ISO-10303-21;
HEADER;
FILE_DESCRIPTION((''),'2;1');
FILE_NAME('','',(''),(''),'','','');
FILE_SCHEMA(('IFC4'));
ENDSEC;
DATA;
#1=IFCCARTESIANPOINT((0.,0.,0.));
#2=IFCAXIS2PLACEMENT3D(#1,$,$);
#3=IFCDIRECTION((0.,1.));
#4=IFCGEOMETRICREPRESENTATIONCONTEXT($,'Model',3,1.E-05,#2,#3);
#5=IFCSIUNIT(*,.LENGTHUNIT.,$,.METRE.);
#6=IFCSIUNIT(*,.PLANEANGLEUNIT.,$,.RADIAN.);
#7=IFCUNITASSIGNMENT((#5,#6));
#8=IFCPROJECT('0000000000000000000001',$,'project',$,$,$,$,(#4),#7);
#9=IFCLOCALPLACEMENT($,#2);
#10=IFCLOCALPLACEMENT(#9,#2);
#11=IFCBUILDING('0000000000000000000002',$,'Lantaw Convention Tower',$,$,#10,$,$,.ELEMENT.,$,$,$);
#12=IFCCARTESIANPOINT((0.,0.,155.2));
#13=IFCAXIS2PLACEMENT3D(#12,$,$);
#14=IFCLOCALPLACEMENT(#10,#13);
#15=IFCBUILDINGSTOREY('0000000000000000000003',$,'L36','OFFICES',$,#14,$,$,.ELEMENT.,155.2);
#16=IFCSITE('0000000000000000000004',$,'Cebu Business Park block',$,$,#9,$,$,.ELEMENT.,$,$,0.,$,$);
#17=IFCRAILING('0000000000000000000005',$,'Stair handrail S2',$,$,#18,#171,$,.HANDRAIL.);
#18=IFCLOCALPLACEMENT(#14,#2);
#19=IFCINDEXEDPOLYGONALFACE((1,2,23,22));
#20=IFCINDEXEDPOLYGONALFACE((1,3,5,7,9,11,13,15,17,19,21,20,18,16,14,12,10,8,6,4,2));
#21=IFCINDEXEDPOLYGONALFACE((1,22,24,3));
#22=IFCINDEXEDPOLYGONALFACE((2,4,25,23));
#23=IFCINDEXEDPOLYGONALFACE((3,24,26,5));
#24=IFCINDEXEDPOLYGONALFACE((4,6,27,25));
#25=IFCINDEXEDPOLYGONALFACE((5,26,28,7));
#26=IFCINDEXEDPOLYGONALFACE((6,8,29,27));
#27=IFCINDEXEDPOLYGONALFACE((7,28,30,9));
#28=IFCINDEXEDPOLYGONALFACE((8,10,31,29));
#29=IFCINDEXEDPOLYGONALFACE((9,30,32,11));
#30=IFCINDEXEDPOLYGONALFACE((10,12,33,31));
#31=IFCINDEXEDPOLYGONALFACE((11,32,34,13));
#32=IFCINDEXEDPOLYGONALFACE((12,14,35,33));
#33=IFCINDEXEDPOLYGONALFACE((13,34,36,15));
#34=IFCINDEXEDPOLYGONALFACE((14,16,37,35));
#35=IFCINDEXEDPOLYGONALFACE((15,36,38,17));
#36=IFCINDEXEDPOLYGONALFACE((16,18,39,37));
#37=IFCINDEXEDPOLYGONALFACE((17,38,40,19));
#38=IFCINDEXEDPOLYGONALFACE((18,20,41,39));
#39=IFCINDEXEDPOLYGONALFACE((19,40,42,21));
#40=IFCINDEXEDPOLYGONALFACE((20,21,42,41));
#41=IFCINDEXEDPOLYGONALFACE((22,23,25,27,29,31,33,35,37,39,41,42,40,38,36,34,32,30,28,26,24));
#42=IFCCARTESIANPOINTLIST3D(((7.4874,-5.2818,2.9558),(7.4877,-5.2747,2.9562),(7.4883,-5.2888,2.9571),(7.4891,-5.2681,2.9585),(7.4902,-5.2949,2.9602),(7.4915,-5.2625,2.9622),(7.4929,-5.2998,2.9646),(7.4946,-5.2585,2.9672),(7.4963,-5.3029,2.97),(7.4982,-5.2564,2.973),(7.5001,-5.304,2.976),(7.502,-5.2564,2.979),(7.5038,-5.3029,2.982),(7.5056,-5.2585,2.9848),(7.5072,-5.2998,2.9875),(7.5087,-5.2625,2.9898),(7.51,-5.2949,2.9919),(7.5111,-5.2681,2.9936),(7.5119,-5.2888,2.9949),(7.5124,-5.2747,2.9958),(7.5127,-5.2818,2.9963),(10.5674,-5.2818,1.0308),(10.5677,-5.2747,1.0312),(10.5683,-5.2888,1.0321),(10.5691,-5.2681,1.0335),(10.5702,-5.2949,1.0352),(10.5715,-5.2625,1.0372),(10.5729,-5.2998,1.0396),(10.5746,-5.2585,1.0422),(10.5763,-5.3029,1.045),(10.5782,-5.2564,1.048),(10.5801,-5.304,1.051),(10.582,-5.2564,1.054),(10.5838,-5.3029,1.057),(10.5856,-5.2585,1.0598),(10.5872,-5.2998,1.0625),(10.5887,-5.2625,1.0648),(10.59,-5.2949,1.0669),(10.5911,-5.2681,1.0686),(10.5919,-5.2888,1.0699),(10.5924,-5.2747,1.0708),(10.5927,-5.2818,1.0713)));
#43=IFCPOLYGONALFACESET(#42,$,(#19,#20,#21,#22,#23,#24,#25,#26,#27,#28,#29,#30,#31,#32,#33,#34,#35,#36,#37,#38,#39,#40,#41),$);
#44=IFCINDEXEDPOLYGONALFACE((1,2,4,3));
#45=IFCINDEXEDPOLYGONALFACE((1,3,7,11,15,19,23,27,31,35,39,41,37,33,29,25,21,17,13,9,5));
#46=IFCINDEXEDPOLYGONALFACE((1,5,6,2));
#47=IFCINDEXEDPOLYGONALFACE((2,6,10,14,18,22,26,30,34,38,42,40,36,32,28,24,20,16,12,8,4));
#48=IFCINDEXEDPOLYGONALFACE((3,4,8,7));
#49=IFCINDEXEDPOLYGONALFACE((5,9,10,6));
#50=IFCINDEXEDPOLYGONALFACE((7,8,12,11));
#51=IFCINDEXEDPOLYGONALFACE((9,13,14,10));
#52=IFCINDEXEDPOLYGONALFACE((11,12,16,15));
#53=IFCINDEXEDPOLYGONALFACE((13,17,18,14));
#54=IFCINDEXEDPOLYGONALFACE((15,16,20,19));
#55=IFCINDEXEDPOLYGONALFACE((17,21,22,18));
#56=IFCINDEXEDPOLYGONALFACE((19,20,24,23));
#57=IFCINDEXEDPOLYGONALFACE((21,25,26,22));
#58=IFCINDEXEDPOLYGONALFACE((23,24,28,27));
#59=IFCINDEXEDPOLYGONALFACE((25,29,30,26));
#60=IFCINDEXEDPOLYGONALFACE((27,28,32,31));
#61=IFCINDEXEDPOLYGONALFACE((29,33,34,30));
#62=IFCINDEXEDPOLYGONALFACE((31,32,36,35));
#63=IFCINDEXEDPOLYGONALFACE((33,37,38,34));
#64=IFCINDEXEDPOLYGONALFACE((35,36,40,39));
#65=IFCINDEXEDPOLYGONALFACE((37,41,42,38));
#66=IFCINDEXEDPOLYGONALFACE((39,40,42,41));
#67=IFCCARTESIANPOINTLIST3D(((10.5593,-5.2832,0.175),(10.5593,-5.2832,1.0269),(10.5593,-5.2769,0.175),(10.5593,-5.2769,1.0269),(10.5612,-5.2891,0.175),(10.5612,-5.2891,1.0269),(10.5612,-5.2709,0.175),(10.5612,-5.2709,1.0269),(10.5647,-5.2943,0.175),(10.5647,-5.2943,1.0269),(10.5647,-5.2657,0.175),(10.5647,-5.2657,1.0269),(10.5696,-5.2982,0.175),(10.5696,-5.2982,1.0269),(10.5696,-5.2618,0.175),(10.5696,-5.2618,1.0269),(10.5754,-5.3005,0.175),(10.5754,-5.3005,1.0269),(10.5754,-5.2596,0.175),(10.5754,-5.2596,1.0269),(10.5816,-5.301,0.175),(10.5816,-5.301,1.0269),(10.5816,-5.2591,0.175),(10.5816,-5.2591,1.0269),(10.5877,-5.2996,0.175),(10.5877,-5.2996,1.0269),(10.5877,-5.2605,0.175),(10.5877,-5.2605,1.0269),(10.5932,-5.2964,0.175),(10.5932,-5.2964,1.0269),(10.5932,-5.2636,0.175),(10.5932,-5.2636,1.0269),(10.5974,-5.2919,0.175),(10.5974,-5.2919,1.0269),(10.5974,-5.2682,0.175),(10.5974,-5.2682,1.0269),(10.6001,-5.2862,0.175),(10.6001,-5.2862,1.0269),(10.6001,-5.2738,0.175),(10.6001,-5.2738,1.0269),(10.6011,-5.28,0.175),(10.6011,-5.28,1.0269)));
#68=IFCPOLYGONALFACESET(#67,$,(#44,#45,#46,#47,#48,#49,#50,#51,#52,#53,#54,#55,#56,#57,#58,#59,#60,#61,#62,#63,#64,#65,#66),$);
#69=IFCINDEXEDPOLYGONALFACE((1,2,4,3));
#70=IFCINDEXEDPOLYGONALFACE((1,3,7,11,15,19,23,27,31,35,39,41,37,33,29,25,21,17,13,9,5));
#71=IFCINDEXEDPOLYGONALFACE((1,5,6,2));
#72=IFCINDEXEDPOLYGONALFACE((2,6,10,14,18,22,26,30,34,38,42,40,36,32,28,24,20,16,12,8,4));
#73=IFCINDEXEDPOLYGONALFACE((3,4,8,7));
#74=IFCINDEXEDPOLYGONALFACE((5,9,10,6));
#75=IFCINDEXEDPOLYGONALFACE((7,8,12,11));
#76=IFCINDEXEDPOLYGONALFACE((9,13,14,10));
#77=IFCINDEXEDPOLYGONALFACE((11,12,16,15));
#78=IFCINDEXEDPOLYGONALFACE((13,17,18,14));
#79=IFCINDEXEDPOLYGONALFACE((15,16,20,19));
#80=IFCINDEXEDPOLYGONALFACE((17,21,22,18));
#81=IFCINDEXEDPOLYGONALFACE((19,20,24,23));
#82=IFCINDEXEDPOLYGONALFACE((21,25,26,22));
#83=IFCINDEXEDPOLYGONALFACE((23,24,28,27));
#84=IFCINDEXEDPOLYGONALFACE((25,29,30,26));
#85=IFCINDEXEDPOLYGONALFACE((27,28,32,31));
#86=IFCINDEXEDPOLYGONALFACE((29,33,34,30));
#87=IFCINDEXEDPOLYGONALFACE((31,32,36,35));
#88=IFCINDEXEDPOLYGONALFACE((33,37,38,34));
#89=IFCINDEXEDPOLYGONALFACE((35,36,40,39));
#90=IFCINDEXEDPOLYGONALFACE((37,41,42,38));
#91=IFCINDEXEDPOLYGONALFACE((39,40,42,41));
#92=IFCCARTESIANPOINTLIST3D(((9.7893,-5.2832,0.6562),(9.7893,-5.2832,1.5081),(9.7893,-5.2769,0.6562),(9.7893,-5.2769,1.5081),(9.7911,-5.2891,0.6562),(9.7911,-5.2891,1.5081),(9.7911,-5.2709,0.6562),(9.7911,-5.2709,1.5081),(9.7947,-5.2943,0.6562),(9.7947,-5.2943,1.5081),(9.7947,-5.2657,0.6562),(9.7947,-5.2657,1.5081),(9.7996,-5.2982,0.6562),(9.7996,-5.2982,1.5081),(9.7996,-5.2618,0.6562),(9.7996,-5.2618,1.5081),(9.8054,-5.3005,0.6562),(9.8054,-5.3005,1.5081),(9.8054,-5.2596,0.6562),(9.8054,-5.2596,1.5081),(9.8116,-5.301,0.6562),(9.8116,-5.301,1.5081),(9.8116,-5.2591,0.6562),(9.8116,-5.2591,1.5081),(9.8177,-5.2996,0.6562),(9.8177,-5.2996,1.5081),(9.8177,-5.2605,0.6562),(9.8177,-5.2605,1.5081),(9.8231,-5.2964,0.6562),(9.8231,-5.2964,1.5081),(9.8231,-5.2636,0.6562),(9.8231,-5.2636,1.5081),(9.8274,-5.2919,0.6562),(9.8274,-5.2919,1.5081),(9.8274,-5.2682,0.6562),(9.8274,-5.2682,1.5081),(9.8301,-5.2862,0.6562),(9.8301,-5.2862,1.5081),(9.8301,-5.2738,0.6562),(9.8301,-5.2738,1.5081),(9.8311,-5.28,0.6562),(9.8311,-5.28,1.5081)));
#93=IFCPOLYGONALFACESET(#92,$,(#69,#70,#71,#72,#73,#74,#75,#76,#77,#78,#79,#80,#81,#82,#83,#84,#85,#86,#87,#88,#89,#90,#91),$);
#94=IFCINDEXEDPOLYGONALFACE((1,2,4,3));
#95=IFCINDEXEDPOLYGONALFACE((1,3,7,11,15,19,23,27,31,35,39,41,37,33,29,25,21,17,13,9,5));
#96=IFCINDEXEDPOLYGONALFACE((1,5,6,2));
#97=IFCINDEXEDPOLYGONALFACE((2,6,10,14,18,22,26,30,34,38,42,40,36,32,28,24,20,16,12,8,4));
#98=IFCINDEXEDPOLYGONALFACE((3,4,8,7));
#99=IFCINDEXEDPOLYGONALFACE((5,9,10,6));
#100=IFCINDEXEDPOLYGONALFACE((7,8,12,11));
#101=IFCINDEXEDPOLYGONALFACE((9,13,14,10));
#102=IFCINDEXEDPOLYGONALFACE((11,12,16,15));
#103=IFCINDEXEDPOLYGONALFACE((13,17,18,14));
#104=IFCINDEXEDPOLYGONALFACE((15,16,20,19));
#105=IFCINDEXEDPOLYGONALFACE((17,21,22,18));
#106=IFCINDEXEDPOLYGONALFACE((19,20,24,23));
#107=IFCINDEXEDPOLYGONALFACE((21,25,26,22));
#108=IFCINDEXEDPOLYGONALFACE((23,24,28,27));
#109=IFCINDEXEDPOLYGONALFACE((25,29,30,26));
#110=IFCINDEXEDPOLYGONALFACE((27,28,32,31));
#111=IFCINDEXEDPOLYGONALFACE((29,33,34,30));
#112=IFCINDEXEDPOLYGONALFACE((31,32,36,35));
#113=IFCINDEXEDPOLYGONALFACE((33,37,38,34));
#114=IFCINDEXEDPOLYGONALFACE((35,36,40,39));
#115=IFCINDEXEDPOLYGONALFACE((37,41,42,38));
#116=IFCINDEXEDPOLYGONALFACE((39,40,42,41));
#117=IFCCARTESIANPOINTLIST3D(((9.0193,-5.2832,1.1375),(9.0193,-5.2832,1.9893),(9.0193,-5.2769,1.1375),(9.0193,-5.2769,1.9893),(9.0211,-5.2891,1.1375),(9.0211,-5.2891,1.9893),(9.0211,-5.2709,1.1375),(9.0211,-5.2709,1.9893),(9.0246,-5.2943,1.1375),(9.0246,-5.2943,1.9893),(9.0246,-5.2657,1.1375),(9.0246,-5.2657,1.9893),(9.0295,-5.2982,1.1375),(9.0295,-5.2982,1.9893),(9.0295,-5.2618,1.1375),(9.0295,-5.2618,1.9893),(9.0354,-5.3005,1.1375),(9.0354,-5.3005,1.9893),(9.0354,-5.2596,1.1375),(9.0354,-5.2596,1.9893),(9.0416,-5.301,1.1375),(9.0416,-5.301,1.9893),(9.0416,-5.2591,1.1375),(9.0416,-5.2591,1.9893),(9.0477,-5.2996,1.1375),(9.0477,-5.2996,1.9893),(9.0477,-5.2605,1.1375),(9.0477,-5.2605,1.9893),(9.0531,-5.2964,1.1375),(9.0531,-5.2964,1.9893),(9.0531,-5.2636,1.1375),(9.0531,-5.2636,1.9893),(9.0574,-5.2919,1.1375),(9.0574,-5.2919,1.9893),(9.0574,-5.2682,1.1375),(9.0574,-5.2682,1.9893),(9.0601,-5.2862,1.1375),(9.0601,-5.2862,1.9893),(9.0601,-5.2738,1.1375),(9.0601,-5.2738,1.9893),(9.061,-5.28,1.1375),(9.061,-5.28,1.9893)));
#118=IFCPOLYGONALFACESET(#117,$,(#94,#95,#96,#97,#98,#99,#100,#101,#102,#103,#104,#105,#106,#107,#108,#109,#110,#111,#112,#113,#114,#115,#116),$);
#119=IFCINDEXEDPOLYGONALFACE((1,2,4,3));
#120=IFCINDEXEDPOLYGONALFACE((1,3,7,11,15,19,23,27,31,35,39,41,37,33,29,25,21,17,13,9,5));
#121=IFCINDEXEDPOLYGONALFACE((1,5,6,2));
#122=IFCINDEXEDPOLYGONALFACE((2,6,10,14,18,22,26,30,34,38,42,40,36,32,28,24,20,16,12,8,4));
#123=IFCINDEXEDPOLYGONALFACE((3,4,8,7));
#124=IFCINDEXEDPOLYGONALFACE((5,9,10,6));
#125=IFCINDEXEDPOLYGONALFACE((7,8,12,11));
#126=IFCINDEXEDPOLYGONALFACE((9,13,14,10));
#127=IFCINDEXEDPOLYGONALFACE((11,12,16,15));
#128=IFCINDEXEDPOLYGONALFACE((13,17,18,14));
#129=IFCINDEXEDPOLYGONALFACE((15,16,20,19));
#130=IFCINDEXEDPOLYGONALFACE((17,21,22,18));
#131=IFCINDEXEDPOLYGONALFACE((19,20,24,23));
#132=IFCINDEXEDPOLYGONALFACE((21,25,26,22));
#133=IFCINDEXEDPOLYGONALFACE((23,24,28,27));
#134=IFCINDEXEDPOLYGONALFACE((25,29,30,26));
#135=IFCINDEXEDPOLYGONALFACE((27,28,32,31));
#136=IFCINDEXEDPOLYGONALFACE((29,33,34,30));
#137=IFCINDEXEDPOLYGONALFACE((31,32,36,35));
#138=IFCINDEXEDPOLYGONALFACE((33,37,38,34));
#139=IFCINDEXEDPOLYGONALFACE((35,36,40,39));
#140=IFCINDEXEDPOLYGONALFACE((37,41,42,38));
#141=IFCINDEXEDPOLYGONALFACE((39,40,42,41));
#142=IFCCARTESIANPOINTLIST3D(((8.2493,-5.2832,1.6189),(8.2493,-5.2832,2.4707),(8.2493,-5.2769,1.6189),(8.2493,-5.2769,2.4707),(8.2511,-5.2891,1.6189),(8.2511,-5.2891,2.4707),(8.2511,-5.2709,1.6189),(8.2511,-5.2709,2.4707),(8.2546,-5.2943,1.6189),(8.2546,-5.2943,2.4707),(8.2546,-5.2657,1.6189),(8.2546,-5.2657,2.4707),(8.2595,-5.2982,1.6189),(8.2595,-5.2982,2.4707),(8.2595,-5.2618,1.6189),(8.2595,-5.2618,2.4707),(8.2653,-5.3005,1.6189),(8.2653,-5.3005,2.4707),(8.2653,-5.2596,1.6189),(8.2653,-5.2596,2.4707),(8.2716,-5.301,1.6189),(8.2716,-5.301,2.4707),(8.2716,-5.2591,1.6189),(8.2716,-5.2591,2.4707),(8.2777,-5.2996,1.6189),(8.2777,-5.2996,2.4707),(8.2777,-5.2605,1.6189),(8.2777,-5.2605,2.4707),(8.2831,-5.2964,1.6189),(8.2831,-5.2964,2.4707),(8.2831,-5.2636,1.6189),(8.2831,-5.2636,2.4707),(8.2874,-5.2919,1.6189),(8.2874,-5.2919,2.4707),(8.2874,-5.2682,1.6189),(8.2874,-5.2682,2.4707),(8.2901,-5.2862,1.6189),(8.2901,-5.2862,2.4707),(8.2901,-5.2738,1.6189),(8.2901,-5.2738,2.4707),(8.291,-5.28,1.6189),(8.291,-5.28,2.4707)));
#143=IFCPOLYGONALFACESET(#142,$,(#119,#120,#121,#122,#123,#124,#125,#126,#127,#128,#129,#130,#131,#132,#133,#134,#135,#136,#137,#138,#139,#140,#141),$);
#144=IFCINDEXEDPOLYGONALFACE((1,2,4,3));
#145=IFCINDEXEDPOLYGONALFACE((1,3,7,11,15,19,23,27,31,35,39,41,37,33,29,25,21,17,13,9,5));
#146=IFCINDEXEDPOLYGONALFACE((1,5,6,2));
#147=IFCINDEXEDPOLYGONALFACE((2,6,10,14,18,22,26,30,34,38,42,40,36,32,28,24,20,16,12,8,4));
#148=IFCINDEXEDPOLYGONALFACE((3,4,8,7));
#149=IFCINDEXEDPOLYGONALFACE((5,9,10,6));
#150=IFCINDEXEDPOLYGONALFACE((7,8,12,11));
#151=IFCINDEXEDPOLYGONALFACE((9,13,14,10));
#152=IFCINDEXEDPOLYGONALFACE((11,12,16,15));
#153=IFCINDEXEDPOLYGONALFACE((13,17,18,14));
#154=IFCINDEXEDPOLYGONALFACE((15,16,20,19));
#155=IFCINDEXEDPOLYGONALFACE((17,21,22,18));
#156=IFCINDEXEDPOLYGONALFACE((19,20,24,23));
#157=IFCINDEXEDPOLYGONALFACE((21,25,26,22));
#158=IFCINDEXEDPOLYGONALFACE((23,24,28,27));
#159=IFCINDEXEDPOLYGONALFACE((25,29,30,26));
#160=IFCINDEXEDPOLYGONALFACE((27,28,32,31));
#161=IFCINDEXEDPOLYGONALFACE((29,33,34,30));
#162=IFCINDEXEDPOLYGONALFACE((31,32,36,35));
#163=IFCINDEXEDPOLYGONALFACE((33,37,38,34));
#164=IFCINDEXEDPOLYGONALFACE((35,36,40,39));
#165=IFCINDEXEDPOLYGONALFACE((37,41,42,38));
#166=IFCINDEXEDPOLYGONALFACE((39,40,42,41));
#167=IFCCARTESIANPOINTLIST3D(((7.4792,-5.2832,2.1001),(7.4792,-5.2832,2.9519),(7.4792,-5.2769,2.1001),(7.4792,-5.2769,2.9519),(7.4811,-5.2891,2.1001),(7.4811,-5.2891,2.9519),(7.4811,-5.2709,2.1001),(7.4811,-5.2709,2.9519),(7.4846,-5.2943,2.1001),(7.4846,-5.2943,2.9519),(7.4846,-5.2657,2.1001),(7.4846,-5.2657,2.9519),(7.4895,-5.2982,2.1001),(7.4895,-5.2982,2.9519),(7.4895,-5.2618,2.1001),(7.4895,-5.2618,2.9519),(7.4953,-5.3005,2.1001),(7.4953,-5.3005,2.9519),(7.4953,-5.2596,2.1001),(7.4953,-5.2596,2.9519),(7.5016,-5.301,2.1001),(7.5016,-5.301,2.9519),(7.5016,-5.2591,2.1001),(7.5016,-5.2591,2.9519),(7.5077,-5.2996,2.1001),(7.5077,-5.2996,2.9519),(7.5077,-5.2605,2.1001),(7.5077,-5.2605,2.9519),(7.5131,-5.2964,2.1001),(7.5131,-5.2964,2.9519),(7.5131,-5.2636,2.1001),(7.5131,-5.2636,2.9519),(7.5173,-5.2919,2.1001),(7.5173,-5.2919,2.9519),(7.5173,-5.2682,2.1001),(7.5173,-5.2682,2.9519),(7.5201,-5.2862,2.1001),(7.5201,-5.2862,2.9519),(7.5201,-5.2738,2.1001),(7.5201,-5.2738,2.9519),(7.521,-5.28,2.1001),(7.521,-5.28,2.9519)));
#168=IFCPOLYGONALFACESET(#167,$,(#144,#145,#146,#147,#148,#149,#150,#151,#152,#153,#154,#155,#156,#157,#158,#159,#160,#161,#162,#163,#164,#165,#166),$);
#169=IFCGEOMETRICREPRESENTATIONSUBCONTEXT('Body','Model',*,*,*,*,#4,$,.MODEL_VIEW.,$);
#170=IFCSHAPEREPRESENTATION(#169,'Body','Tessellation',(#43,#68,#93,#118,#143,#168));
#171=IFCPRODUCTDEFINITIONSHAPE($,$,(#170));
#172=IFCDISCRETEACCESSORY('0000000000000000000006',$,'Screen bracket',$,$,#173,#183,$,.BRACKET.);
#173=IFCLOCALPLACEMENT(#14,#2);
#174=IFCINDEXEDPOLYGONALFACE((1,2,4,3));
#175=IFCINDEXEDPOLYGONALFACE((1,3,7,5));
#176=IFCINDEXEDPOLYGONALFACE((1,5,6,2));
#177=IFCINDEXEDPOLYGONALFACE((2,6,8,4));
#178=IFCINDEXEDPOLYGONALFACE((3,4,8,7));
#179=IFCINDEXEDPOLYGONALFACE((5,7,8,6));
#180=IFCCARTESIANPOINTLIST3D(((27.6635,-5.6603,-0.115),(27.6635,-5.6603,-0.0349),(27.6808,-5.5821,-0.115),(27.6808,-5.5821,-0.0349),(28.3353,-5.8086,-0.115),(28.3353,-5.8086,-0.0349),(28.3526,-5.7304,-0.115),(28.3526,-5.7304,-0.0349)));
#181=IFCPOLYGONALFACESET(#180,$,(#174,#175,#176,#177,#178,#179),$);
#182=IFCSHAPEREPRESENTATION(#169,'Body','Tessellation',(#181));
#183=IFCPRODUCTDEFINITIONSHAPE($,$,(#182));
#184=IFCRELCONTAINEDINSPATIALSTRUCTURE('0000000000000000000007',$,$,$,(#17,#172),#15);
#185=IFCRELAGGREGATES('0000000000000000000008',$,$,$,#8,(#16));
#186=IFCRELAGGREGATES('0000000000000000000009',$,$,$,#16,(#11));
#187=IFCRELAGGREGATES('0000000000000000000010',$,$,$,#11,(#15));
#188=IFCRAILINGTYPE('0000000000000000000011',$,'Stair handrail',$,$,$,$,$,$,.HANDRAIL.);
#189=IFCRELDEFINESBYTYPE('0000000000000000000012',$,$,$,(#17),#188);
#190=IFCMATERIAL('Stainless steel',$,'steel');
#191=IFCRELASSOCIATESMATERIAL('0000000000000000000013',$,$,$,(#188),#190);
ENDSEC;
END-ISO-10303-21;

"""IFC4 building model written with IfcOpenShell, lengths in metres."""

from ifc_helpers import new_model, si_unit, direction, frame, origin, origin_2d, place, context, subcontext, project, spatial, rectangle, circle, extrude, material, type_object, element, save


model = new_model("IFC4")

# Units and contexts
model_context = context("Model", 3, precision=1e-05, world=origin(), true_north=direction((0.0, 1.0)))
body_context = subcontext(model_context, "Body", "Model", "MODEL_VIEW")
ifc_project = project(units=[si_unit("LENGTHUNIT", "METRE"), si_unit("PLANEANGLEUNIT", "RADIAN")], contexts=[model_context])

# Site, building, storey
site_placement = place(None, origin())
site = spatial("IfcSite", under=ifc_project, at=site_placement, Name="Cebu Business Park block", CompositionType="ELEMENT", RefElevation=0.0)
building_placement = place(site_placement, origin())
building = spatial("IfcBuilding", under=site, at=building_placement, Name="Lantaw Convention Tower", CompositionType="ELEMENT")
storey_placement = place(building_placement, frame((0.0, 0.0, 155.2)))
storey = spatial("IfcBuildingStorey", under=building, at=storey_placement, Name="L36", Description="OFFICES", CompositionType="ELEMENT", Elevation=155.2)

# Railing
ifc_material_1 = material(Name="Stainless steel", Category="steel")
railing_type = type_object("IfcRailingType", Name="Stair handrail", PredefinedType="HANDRAIL", material=ifc_material_1)
railing_placement = place(storey_placement, frame((10.5801, -5.28, 0.175)))
element("IfcRailing", 1, at=railing_placement, inside=storey, type_object=railing_type, Name="Stair handrail S2", PredefinedType="HANDRAIL", context=body_context, shape_type="SweptSolid", body=[
    extrude(circle(Radius=0.0239, at=origin_2d()), frame((0.0, 0.0, 0.876), z_axis=(-0.847998, 0.0, 0.529999), x_axis=(0.0, -1.0, 0.0)), (0.0, 0.0, 1.0), 3.6321),
    extrude(circle(Radius=0.021, at=origin_2d()), origin(), (0.0, 0.0, 1.0), 0.8518),
    extrude(circle(Radius=0.021, at=origin_2d()), frame((-0.77, 0.0, 0.4812)), (0.0, 0.0, 1.0), 0.8518),
    extrude(circle(Radius=0.021, at=origin_2d()), frame((-1.54, 0.0, 0.9624)), (0.0, 0.0, 1.0), 0.8518),
    extrude(circle(Radius=0.021, at=origin_2d()), frame((-2.3101, 0.0, 1.4438)), (0.0, 0.0, 1.0), 0.8518),
    extrude(circle(Radius=0.021, at=origin_2d()), frame((-3.0801, 0.0, 1.925)), (0.0, 0.0, 1.0), 0.8518),
])

# Discrete accessory
discrete_accessory_placement = place(storey_placement, frame((28.0081, -5.6953, -0.115), z_axis=(0.0, 0.0, 1.0), x_axis=(0.215546, 0.976494, 0.0)))
element("IfcDiscreteAccessory", 2, at=discrete_accessory_placement, inside=storey, Name="Screen bracket", PredefinedType="BRACKET", context=body_context, shape_type="SweptSolid", body=[
    extrude(rectangle(XDim=0.0801, YDim=0.688, at=origin_2d()), origin(), (0.0, 0.0, 1.0), 0.0801),
])

save(model, "model.ifc")
